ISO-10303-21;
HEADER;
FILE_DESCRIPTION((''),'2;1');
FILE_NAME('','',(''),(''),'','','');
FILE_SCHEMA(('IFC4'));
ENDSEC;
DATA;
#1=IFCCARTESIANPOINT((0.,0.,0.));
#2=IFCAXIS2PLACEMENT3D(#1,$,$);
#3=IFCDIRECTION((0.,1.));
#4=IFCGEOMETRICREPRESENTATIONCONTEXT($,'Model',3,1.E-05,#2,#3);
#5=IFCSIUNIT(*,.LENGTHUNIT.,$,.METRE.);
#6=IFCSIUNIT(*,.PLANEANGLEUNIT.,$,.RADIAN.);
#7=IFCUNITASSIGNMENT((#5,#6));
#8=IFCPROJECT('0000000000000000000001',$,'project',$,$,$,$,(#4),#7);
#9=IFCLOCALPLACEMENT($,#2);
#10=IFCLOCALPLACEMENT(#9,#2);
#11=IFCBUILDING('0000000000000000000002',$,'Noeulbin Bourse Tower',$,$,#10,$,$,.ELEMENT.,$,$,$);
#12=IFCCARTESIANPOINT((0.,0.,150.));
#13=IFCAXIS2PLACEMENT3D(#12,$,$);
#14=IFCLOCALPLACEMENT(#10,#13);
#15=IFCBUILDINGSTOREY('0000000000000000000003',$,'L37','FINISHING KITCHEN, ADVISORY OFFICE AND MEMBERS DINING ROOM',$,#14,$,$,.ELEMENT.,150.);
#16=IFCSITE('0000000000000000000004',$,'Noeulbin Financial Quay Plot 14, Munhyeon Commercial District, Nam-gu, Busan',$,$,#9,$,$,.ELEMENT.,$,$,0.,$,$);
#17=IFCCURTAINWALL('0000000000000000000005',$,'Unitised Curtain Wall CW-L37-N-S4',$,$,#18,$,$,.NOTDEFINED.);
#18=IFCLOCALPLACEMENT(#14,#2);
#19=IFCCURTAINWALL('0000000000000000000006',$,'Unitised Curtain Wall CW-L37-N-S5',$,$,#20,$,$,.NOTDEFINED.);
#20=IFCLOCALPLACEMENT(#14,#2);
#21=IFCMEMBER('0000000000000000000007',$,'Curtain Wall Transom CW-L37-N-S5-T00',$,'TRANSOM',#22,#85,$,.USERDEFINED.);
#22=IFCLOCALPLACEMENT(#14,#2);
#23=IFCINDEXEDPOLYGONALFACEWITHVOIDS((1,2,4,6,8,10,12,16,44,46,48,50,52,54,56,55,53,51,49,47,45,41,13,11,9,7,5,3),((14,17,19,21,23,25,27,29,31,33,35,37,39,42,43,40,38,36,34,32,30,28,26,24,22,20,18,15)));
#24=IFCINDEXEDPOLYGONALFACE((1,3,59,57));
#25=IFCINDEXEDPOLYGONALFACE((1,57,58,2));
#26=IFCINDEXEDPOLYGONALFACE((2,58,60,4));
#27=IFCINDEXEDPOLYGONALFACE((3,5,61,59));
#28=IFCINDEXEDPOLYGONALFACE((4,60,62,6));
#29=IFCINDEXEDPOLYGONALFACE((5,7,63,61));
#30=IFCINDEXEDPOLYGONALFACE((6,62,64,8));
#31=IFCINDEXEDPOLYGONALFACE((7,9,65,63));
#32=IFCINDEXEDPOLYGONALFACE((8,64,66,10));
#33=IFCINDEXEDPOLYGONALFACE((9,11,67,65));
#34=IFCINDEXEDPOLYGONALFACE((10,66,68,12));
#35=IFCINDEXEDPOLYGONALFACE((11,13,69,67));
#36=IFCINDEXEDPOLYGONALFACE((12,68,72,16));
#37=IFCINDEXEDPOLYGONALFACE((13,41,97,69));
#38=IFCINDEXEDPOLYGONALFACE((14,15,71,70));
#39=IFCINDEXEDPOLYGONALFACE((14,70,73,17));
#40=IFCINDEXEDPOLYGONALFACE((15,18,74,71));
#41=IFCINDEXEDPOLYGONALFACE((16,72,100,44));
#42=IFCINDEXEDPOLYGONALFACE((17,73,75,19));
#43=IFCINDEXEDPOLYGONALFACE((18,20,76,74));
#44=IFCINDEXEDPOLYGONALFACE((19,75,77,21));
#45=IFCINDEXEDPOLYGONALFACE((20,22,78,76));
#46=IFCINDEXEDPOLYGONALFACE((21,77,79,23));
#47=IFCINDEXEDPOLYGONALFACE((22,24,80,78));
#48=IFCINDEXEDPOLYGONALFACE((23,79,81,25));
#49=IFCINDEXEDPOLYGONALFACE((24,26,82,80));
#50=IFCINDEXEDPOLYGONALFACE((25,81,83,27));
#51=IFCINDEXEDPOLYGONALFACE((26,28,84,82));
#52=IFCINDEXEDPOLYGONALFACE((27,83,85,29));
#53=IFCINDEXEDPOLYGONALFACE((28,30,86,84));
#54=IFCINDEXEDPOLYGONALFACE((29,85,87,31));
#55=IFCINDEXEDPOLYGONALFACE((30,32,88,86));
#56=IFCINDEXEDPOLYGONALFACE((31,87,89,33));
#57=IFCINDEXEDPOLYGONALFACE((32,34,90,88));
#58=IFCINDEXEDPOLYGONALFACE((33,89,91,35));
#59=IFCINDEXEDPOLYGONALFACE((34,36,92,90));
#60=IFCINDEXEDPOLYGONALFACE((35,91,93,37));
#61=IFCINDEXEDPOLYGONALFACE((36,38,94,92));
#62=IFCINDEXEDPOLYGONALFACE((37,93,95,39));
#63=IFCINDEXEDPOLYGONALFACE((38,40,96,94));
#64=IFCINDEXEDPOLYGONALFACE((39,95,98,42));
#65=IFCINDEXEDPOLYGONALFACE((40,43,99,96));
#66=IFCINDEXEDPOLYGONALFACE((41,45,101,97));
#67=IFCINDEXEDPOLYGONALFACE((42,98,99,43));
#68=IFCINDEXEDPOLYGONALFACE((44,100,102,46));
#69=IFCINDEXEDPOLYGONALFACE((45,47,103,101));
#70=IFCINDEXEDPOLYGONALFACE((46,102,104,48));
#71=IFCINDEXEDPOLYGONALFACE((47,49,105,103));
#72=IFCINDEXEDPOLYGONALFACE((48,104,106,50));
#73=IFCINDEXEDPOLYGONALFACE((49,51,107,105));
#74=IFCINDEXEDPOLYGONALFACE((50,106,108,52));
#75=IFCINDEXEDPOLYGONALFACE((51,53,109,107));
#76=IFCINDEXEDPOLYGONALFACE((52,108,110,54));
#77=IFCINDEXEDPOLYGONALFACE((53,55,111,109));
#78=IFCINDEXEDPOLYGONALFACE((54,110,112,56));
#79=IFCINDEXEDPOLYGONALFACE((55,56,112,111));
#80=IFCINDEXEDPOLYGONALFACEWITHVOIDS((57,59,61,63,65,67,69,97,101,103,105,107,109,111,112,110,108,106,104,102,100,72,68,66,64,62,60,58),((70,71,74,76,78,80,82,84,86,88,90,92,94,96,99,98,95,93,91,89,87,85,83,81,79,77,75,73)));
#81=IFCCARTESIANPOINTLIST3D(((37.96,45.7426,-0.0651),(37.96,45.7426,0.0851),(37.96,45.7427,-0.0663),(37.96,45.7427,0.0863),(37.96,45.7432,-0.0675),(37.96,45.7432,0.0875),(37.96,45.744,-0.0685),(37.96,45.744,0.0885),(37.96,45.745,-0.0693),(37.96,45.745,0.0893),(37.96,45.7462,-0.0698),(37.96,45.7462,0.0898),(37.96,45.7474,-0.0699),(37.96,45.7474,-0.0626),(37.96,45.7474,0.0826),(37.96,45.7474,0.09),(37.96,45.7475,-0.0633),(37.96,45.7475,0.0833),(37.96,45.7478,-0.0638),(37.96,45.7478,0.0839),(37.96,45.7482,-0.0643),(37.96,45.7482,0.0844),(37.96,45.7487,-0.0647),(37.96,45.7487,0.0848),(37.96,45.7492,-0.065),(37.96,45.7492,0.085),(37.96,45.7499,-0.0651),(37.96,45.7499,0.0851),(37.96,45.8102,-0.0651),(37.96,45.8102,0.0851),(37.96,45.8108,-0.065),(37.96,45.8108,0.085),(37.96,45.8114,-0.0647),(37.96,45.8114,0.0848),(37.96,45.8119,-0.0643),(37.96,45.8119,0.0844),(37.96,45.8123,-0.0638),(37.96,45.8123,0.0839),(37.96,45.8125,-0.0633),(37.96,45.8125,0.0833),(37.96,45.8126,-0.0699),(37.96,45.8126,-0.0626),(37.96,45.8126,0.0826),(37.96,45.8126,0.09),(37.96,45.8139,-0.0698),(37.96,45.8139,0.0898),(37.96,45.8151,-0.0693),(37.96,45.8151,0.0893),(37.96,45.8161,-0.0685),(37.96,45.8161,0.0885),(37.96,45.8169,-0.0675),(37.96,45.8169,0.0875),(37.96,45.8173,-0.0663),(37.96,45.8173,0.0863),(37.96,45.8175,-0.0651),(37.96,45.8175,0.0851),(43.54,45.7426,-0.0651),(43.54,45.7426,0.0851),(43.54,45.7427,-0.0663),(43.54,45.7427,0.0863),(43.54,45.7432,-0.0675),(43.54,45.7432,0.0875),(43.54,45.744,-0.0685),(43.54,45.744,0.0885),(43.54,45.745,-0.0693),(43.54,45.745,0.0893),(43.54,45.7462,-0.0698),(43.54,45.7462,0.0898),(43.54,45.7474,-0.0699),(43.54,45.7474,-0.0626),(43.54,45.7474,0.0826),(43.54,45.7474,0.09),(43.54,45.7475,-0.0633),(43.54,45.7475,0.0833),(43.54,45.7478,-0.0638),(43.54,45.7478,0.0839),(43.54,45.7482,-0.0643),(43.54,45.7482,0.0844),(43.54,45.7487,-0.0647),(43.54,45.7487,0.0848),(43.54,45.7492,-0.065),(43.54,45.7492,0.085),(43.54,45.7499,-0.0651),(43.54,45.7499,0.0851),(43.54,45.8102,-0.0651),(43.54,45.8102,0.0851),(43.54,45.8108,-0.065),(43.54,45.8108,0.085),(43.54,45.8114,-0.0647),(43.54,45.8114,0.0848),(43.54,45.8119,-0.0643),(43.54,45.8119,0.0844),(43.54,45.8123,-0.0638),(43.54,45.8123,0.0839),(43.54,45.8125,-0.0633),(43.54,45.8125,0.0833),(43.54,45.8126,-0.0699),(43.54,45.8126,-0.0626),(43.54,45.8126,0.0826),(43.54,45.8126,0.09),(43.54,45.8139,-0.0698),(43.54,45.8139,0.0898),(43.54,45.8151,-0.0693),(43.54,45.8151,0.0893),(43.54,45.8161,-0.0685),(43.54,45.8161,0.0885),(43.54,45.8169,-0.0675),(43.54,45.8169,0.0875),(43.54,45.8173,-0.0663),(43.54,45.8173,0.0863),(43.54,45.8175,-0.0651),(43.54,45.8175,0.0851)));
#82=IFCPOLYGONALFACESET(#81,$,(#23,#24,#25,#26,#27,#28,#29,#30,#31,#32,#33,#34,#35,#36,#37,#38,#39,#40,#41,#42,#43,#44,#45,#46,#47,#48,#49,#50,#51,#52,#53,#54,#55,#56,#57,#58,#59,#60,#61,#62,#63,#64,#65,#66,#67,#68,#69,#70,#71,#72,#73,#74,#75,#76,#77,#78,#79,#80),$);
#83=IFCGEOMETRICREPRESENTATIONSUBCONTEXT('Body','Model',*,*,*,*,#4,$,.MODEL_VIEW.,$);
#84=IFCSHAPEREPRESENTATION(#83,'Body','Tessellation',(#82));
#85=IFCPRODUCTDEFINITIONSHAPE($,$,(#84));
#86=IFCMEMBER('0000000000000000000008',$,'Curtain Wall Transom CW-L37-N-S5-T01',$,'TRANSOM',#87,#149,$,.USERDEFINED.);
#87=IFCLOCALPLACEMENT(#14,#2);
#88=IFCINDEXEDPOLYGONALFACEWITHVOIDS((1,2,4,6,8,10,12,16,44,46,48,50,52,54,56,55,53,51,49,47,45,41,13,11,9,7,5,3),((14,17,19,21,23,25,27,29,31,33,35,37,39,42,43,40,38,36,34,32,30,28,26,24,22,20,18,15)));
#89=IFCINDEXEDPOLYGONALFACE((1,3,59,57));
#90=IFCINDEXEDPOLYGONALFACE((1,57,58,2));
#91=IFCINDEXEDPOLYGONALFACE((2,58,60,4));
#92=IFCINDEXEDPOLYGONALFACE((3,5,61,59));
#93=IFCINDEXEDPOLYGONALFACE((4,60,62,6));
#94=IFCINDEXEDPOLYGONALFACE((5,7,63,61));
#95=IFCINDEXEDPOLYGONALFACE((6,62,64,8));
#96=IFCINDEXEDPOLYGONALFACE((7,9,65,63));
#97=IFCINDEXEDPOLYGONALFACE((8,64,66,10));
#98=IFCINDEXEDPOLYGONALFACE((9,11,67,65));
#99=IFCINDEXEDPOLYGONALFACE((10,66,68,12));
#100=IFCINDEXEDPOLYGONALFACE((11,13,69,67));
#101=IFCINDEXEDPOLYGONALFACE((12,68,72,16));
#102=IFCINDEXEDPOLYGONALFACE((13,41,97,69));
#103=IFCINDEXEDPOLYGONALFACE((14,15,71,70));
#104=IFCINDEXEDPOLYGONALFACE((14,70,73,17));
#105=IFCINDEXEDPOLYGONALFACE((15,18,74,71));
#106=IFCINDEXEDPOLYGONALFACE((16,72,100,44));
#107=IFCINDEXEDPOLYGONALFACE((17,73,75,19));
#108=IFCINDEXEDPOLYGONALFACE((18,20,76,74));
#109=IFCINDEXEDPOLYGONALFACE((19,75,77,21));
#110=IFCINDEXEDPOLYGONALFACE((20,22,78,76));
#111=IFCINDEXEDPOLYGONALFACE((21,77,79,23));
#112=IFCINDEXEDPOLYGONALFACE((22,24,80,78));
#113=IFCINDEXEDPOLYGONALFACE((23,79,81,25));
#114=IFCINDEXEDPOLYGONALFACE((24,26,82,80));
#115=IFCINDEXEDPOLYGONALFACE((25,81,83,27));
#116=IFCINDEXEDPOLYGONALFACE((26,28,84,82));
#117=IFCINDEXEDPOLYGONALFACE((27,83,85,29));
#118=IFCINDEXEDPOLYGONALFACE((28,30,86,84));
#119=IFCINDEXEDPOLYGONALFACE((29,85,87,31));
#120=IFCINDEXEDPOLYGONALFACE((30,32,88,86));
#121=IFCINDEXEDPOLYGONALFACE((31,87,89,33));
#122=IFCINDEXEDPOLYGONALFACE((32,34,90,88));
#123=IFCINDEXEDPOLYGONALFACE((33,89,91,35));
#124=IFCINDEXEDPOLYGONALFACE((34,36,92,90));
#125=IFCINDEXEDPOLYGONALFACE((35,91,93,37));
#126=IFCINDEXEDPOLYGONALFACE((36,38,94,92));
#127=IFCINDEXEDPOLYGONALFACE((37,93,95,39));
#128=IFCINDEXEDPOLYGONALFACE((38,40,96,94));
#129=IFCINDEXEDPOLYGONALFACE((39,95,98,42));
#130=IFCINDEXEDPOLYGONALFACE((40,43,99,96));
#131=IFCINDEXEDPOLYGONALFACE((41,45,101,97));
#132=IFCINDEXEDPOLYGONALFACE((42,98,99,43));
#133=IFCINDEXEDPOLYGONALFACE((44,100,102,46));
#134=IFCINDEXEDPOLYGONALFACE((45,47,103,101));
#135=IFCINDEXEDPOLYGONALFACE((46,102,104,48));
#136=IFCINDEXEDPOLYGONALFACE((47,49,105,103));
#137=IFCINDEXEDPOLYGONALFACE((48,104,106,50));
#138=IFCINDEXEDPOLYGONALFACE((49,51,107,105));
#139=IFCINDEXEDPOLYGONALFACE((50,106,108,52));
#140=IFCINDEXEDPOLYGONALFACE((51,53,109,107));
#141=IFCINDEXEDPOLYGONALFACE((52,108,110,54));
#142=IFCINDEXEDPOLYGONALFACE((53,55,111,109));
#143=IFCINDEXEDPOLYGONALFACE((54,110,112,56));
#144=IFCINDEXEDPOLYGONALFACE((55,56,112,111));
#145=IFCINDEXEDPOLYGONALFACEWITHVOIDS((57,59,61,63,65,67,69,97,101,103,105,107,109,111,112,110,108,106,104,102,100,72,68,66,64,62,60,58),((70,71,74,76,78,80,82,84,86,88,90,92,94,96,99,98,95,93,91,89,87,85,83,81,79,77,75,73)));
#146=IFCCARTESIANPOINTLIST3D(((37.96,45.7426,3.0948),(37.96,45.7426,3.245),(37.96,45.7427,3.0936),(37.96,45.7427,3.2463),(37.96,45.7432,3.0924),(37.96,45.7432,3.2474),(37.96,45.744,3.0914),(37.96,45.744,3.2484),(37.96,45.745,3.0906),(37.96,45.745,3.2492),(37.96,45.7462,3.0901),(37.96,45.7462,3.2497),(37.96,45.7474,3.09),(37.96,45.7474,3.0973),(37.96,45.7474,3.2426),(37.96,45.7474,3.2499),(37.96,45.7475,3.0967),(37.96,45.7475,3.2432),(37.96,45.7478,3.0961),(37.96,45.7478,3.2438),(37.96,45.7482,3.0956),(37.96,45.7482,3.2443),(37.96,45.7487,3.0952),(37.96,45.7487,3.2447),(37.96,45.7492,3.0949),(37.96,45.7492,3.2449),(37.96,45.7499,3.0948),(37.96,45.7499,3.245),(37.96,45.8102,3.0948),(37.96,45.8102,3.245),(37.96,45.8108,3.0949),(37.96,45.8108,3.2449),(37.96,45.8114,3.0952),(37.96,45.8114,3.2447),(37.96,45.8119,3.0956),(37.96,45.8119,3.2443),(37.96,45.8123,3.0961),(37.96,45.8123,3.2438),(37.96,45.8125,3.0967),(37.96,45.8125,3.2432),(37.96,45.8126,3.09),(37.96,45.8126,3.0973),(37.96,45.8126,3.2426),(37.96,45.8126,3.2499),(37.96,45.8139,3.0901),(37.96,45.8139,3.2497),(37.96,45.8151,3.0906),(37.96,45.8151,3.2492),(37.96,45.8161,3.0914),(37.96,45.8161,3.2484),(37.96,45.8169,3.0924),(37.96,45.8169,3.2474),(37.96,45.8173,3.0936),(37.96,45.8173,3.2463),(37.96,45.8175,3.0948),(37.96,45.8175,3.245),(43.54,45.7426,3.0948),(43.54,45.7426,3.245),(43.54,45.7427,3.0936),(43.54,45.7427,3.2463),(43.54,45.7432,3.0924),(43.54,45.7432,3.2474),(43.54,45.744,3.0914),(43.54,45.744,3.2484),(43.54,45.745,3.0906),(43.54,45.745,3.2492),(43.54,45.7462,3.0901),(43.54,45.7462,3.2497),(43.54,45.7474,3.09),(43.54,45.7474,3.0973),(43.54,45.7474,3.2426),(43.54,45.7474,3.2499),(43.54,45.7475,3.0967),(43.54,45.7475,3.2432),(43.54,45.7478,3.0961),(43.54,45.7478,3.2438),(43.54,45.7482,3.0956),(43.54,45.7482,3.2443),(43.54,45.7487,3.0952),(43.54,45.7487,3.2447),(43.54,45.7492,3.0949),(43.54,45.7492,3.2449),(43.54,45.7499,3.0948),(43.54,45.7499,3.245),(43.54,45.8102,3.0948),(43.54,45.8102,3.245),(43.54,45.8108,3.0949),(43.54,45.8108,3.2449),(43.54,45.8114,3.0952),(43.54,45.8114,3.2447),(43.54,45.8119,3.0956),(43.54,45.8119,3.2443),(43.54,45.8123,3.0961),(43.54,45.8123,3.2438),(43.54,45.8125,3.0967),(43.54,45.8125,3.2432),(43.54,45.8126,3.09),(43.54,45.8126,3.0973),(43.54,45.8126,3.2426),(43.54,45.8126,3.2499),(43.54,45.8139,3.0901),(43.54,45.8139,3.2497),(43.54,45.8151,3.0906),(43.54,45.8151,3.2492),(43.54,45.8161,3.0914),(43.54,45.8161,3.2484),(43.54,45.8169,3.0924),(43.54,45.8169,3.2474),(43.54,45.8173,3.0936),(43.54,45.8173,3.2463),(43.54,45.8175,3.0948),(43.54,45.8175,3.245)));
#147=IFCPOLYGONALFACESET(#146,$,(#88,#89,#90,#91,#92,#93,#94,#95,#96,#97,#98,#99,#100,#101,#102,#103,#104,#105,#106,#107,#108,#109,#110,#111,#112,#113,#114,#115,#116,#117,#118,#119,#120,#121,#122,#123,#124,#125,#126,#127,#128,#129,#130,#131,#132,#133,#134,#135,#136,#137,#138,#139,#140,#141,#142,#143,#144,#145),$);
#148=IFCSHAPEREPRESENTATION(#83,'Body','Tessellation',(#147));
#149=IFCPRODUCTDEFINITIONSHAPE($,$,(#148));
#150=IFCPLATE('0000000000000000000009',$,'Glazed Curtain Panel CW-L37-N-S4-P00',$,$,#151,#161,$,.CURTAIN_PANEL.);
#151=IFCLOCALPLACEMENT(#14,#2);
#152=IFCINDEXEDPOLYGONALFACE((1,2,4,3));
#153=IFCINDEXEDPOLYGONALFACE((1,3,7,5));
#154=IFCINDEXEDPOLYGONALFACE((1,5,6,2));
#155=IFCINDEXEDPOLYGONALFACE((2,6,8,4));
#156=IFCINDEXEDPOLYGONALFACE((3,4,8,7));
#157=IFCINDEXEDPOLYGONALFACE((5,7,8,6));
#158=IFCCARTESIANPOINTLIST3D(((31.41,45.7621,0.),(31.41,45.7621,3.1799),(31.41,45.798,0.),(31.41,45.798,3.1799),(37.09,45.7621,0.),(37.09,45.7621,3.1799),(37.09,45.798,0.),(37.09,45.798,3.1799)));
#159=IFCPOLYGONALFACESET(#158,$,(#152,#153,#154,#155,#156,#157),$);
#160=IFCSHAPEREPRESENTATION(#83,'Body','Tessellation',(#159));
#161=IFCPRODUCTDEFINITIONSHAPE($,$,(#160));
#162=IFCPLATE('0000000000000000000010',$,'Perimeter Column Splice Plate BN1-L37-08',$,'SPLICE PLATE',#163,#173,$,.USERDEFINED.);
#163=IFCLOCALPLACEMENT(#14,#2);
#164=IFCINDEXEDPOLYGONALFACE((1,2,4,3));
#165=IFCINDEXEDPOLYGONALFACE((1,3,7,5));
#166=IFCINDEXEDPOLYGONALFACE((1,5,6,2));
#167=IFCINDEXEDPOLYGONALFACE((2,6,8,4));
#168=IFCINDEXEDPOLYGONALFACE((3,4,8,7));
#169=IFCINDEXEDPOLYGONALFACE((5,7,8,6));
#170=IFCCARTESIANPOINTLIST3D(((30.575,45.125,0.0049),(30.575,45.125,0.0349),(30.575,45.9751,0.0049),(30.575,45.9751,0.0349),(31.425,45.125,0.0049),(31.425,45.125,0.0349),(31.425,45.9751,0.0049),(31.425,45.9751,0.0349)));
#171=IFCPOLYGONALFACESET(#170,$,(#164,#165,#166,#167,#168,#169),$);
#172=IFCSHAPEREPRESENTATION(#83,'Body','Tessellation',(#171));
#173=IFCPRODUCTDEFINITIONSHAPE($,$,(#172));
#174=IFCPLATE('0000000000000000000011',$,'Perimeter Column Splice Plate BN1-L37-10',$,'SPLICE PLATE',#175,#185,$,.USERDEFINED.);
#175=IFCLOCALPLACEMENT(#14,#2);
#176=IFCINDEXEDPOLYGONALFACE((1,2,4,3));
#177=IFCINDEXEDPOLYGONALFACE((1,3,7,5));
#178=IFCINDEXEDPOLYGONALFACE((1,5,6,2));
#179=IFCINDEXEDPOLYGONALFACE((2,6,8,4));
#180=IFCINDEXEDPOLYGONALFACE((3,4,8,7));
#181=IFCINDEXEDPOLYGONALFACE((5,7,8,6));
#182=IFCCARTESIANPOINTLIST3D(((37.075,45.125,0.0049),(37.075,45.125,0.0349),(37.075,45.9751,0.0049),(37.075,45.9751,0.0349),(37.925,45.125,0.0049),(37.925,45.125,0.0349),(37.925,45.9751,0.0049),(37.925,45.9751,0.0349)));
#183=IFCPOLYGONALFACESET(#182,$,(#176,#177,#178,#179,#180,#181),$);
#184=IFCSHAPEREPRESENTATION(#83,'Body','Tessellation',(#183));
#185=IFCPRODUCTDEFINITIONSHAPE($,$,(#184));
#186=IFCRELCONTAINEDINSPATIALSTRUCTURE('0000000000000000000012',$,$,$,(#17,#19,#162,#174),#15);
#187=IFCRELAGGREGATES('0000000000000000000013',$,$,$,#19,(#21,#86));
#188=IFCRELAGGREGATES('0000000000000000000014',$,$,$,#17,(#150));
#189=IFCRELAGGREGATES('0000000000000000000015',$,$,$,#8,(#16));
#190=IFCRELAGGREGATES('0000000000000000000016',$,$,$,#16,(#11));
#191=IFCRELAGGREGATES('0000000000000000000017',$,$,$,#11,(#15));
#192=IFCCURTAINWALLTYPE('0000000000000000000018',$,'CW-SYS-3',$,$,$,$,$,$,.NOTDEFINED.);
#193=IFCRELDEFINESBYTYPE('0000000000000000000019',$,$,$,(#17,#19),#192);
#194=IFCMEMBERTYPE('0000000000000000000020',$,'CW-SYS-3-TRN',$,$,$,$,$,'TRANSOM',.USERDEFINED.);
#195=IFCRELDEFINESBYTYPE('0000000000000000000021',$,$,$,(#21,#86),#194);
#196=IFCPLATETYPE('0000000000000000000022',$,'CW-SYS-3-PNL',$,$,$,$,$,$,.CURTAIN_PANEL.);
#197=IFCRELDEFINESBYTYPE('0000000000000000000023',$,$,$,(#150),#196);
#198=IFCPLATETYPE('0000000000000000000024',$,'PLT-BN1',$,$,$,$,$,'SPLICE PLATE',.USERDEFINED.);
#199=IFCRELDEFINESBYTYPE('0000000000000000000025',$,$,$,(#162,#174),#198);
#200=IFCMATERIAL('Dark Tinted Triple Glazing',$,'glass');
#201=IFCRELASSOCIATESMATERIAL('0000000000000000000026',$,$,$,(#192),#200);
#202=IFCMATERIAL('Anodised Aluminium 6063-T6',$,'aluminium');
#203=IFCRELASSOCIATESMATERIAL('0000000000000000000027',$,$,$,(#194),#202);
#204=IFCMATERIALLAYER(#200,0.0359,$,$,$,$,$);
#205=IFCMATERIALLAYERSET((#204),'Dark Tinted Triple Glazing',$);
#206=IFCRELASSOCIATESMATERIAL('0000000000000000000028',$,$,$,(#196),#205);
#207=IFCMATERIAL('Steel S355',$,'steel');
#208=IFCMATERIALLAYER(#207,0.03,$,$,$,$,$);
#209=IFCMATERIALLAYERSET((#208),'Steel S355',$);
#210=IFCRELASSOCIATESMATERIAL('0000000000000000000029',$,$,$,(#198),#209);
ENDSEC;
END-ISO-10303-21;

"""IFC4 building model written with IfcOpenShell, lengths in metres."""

from ifc_helpers import new_model, si_unit, direction, frame, origin, origin_2d, place, context, subcontext, project, spatial, rectangle, hollow_rectangle, extrude, material, layer, layer_set, material_profile, profile_set, type_object, element, aggregate, save


model = new_model("IFC4")

# Units and contexts
model_context = context("Model", 3, precision=1e-05, world=origin(), true_north=direction((0.0, 1.0)))
body_context = subcontext(model_context, "Body", "Model", "MODEL_VIEW")
ifc_project = project(units=[si_unit("LENGTHUNIT", "METRE"), si_unit("PLANEANGLEUNIT", "RADIAN")], contexts=[model_context])

# Site, building, storey
site_placement = place(None, origin())
site = spatial("IfcSite", under=ifc_project, at=site_placement, Name="Noeulbin Financial Quay Plot 14, Munhyeon Commercial District, Nam-gu, Busan", CompositionType="ELEMENT", RefElevation=0.0)
building_placement = place(site_placement, origin())
building = spatial("IfcBuilding", under=site, at=building_placement, Name="Noeulbin Bourse Tower", CompositionType="ELEMENT")
storey_placement = place(building_placement, frame((0.0, 0.0, 150.0)))
storey = spatial("IfcBuildingStorey", under=building, at=storey_placement, Name="L37", Description="FINISHING KITCHEN, ADVISORY OFFICE AND MEMBERS DINING ROOM", CompositionType="ELEMENT", Elevation=150.0)

# Shared definitions
ifc_material_1 = material(Name="Steel S355", Category="steel")

# Shared definitions
ifc_material_2 = material(Name="Dark Tinted Triple Glazing", Category="glass")
curtain_wall_type = type_object("IfcCurtainWallType", Name="CW-SYS-3", PredefinedType="NOTDEFINED", material=ifc_material_2)
ifc_material_3 = material(Name="Anodised Aluminium 6063-T6", Category="aluminium")

# Curtain wall
curtain_wall_1_placement = place(storey_placement, origin())
curtain_wall_1 = element("IfcCurtainWall", 1, at=curtain_wall_1_placement, inside=storey, type_object=curtain_wall_type, Name="Unitised Curtain Wall CW-L37-N-S4", PredefinedType="NOTDEFINED")

# Curtain wall
curtain_wall_2_placement = place(storey_placement, origin())
curtain_wall_2 = element("IfcCurtainWall", 2, at=curtain_wall_2_placement, inside=storey, type_object=curtain_wall_type, Name="Unitised Curtain Wall CW-L37-N-S5", PredefinedType="NOTDEFINED")

# Members
ifc_material_profile_1 = material_profile(ifc_material_3, hollow_rectangle(XDim=0.075, YDim=0.1599, WallThickness=0.0049, InnerFilletRadius=0.0024, OuterFilletRadius=0.0049, at=origin_2d()), Name="ALU-TRAN-75x160x5", Category="LoadBearing")
ifc_profile_set_1 = profile_set([ifc_material_profile_1], Name="Anodised Aluminium 6063-T6")
member_type_1 = type_object("IfcMemberType", Name="CW-SYS-3-TRN", ElementType="TRANSOM", PredefinedType="USERDEFINED", material=ifc_profile_set_1)
member_1_placement = place(storey_placement, frame((37.96, 45.78, 0.01), z_axis=(1.0, 0.0, 0.0), x_axis=(0.0, 1.0, 0.0)))
member_1 = element("IfcMember", 3, at=member_1_placement, type_object=member_type_1, Name="Curtain Wall Transom CW-L37-N-S5-T00", ObjectType="TRANSOM", PredefinedType="USERDEFINED", context=body_context, shape_type="SweptSolid", body=[
    extrude(hollow_rectangle(XDim=0.075, YDim=0.1599, WallThickness=0.0049, InnerFilletRadius=0.0024, OuterFilletRadius=0.0049, at=origin_2d()), origin(), (0.0, 0.0, 1.0), 5.5801),
])
member_2_placement = place(storey_placement, frame((37.96, 45.78, 3.1699), z_axis=(1.0, 0.0, 0.0), x_axis=(0.0, 1.0, 0.0)))
member_2 = element("IfcMember", 4, at=member_2_placement, type_object=member_type_1, Name="Curtain Wall Transom CW-L37-N-S5-T01", ObjectType="TRANSOM", PredefinedType="USERDEFINED", context=body_context, shape_type="SweptSolid", body=[
    extrude(hollow_rectangle(XDim=0.075, YDim=0.1599, WallThickness=0.0049, InnerFilletRadius=0.0024, OuterFilletRadius=0.0049, at=origin_2d()), origin(), (0.0, 0.0, 1.0), 5.5801),
])
aggregate(curtain_wall_2, [member_1, member_2])

# Plate
ifc_layer_1 = layer(ifc_material_2, 0.0359)
ifc_layer_set_1 = layer_set([ifc_layer_1], Name="Dark Tinted Triple Glazing")
plate_type_1 = type_object("IfcPlateType", Name="CW-SYS-3-PNL", PredefinedType="CURTAIN_PANEL", material=ifc_layer_set_1)
plate_placement = place(storey_placement, frame((34.25, 45.78, 0.0), z_axis=(0.0, 0.0, 1.0), x_axis=(1.0, 0.0, 0.0)))
plate = element("IfcPlate", 5, at=plate_placement, type_object=plate_type_1, Name="Glazed Curtain Panel CW-L37-N-S4-P00", PredefinedType="CURTAIN_PANEL", context=body_context, shape_type="SweptSolid", body=[
    extrude(rectangle(XDim=5.6799, YDim=0.0359, at=origin_2d()), origin(), (0.0, 0.0, 1.0), 3.1799),
])
aggregate(curtain_wall_1, [plate])

# Plates
ifc_layer_2 = layer(ifc_material_1, 0.03)
ifc_layer_set_2 = layer_set([ifc_layer_2], Name="Steel S355")
plate_type_2 = type_object("IfcPlateType", Name="PLT-BN1", ElementType="SPLICE PLATE", PredefinedType="USERDEFINED", material=ifc_layer_set_2)
for number, where, z_axis, x_axis, name in (
    (6, (31.0, 45.55, 0.0049), (0.0, 0.0, 1.0), (1.0, 0.0, 0.0), "Perimeter Column Splice Plate BN1-L37-08"),
    (7, (37.5, 45.55, 0.0049), (0.0, 0.0, 1.0), (1.0, 0.0, 0.0), "Perimeter Column Splice Plate BN1-L37-10"),
):
    element("IfcPlate", number, at=place(storey_placement, frame(where, z_axis=z_axis, x_axis=x_axis)), inside=storey, type_object=plate_type_2, Name=name, ObjectType="SPLICE PLATE", PredefinedType="USERDEFINED", context=body_context, shape_type="SweptSolid", body=[
        extrude(rectangle(XDim=0.8501, YDim=0.8501, at=origin_2d()), origin(), (0.0, 0.0, 1.0), 0.03),
    ])

save(model, "model.ifc")
